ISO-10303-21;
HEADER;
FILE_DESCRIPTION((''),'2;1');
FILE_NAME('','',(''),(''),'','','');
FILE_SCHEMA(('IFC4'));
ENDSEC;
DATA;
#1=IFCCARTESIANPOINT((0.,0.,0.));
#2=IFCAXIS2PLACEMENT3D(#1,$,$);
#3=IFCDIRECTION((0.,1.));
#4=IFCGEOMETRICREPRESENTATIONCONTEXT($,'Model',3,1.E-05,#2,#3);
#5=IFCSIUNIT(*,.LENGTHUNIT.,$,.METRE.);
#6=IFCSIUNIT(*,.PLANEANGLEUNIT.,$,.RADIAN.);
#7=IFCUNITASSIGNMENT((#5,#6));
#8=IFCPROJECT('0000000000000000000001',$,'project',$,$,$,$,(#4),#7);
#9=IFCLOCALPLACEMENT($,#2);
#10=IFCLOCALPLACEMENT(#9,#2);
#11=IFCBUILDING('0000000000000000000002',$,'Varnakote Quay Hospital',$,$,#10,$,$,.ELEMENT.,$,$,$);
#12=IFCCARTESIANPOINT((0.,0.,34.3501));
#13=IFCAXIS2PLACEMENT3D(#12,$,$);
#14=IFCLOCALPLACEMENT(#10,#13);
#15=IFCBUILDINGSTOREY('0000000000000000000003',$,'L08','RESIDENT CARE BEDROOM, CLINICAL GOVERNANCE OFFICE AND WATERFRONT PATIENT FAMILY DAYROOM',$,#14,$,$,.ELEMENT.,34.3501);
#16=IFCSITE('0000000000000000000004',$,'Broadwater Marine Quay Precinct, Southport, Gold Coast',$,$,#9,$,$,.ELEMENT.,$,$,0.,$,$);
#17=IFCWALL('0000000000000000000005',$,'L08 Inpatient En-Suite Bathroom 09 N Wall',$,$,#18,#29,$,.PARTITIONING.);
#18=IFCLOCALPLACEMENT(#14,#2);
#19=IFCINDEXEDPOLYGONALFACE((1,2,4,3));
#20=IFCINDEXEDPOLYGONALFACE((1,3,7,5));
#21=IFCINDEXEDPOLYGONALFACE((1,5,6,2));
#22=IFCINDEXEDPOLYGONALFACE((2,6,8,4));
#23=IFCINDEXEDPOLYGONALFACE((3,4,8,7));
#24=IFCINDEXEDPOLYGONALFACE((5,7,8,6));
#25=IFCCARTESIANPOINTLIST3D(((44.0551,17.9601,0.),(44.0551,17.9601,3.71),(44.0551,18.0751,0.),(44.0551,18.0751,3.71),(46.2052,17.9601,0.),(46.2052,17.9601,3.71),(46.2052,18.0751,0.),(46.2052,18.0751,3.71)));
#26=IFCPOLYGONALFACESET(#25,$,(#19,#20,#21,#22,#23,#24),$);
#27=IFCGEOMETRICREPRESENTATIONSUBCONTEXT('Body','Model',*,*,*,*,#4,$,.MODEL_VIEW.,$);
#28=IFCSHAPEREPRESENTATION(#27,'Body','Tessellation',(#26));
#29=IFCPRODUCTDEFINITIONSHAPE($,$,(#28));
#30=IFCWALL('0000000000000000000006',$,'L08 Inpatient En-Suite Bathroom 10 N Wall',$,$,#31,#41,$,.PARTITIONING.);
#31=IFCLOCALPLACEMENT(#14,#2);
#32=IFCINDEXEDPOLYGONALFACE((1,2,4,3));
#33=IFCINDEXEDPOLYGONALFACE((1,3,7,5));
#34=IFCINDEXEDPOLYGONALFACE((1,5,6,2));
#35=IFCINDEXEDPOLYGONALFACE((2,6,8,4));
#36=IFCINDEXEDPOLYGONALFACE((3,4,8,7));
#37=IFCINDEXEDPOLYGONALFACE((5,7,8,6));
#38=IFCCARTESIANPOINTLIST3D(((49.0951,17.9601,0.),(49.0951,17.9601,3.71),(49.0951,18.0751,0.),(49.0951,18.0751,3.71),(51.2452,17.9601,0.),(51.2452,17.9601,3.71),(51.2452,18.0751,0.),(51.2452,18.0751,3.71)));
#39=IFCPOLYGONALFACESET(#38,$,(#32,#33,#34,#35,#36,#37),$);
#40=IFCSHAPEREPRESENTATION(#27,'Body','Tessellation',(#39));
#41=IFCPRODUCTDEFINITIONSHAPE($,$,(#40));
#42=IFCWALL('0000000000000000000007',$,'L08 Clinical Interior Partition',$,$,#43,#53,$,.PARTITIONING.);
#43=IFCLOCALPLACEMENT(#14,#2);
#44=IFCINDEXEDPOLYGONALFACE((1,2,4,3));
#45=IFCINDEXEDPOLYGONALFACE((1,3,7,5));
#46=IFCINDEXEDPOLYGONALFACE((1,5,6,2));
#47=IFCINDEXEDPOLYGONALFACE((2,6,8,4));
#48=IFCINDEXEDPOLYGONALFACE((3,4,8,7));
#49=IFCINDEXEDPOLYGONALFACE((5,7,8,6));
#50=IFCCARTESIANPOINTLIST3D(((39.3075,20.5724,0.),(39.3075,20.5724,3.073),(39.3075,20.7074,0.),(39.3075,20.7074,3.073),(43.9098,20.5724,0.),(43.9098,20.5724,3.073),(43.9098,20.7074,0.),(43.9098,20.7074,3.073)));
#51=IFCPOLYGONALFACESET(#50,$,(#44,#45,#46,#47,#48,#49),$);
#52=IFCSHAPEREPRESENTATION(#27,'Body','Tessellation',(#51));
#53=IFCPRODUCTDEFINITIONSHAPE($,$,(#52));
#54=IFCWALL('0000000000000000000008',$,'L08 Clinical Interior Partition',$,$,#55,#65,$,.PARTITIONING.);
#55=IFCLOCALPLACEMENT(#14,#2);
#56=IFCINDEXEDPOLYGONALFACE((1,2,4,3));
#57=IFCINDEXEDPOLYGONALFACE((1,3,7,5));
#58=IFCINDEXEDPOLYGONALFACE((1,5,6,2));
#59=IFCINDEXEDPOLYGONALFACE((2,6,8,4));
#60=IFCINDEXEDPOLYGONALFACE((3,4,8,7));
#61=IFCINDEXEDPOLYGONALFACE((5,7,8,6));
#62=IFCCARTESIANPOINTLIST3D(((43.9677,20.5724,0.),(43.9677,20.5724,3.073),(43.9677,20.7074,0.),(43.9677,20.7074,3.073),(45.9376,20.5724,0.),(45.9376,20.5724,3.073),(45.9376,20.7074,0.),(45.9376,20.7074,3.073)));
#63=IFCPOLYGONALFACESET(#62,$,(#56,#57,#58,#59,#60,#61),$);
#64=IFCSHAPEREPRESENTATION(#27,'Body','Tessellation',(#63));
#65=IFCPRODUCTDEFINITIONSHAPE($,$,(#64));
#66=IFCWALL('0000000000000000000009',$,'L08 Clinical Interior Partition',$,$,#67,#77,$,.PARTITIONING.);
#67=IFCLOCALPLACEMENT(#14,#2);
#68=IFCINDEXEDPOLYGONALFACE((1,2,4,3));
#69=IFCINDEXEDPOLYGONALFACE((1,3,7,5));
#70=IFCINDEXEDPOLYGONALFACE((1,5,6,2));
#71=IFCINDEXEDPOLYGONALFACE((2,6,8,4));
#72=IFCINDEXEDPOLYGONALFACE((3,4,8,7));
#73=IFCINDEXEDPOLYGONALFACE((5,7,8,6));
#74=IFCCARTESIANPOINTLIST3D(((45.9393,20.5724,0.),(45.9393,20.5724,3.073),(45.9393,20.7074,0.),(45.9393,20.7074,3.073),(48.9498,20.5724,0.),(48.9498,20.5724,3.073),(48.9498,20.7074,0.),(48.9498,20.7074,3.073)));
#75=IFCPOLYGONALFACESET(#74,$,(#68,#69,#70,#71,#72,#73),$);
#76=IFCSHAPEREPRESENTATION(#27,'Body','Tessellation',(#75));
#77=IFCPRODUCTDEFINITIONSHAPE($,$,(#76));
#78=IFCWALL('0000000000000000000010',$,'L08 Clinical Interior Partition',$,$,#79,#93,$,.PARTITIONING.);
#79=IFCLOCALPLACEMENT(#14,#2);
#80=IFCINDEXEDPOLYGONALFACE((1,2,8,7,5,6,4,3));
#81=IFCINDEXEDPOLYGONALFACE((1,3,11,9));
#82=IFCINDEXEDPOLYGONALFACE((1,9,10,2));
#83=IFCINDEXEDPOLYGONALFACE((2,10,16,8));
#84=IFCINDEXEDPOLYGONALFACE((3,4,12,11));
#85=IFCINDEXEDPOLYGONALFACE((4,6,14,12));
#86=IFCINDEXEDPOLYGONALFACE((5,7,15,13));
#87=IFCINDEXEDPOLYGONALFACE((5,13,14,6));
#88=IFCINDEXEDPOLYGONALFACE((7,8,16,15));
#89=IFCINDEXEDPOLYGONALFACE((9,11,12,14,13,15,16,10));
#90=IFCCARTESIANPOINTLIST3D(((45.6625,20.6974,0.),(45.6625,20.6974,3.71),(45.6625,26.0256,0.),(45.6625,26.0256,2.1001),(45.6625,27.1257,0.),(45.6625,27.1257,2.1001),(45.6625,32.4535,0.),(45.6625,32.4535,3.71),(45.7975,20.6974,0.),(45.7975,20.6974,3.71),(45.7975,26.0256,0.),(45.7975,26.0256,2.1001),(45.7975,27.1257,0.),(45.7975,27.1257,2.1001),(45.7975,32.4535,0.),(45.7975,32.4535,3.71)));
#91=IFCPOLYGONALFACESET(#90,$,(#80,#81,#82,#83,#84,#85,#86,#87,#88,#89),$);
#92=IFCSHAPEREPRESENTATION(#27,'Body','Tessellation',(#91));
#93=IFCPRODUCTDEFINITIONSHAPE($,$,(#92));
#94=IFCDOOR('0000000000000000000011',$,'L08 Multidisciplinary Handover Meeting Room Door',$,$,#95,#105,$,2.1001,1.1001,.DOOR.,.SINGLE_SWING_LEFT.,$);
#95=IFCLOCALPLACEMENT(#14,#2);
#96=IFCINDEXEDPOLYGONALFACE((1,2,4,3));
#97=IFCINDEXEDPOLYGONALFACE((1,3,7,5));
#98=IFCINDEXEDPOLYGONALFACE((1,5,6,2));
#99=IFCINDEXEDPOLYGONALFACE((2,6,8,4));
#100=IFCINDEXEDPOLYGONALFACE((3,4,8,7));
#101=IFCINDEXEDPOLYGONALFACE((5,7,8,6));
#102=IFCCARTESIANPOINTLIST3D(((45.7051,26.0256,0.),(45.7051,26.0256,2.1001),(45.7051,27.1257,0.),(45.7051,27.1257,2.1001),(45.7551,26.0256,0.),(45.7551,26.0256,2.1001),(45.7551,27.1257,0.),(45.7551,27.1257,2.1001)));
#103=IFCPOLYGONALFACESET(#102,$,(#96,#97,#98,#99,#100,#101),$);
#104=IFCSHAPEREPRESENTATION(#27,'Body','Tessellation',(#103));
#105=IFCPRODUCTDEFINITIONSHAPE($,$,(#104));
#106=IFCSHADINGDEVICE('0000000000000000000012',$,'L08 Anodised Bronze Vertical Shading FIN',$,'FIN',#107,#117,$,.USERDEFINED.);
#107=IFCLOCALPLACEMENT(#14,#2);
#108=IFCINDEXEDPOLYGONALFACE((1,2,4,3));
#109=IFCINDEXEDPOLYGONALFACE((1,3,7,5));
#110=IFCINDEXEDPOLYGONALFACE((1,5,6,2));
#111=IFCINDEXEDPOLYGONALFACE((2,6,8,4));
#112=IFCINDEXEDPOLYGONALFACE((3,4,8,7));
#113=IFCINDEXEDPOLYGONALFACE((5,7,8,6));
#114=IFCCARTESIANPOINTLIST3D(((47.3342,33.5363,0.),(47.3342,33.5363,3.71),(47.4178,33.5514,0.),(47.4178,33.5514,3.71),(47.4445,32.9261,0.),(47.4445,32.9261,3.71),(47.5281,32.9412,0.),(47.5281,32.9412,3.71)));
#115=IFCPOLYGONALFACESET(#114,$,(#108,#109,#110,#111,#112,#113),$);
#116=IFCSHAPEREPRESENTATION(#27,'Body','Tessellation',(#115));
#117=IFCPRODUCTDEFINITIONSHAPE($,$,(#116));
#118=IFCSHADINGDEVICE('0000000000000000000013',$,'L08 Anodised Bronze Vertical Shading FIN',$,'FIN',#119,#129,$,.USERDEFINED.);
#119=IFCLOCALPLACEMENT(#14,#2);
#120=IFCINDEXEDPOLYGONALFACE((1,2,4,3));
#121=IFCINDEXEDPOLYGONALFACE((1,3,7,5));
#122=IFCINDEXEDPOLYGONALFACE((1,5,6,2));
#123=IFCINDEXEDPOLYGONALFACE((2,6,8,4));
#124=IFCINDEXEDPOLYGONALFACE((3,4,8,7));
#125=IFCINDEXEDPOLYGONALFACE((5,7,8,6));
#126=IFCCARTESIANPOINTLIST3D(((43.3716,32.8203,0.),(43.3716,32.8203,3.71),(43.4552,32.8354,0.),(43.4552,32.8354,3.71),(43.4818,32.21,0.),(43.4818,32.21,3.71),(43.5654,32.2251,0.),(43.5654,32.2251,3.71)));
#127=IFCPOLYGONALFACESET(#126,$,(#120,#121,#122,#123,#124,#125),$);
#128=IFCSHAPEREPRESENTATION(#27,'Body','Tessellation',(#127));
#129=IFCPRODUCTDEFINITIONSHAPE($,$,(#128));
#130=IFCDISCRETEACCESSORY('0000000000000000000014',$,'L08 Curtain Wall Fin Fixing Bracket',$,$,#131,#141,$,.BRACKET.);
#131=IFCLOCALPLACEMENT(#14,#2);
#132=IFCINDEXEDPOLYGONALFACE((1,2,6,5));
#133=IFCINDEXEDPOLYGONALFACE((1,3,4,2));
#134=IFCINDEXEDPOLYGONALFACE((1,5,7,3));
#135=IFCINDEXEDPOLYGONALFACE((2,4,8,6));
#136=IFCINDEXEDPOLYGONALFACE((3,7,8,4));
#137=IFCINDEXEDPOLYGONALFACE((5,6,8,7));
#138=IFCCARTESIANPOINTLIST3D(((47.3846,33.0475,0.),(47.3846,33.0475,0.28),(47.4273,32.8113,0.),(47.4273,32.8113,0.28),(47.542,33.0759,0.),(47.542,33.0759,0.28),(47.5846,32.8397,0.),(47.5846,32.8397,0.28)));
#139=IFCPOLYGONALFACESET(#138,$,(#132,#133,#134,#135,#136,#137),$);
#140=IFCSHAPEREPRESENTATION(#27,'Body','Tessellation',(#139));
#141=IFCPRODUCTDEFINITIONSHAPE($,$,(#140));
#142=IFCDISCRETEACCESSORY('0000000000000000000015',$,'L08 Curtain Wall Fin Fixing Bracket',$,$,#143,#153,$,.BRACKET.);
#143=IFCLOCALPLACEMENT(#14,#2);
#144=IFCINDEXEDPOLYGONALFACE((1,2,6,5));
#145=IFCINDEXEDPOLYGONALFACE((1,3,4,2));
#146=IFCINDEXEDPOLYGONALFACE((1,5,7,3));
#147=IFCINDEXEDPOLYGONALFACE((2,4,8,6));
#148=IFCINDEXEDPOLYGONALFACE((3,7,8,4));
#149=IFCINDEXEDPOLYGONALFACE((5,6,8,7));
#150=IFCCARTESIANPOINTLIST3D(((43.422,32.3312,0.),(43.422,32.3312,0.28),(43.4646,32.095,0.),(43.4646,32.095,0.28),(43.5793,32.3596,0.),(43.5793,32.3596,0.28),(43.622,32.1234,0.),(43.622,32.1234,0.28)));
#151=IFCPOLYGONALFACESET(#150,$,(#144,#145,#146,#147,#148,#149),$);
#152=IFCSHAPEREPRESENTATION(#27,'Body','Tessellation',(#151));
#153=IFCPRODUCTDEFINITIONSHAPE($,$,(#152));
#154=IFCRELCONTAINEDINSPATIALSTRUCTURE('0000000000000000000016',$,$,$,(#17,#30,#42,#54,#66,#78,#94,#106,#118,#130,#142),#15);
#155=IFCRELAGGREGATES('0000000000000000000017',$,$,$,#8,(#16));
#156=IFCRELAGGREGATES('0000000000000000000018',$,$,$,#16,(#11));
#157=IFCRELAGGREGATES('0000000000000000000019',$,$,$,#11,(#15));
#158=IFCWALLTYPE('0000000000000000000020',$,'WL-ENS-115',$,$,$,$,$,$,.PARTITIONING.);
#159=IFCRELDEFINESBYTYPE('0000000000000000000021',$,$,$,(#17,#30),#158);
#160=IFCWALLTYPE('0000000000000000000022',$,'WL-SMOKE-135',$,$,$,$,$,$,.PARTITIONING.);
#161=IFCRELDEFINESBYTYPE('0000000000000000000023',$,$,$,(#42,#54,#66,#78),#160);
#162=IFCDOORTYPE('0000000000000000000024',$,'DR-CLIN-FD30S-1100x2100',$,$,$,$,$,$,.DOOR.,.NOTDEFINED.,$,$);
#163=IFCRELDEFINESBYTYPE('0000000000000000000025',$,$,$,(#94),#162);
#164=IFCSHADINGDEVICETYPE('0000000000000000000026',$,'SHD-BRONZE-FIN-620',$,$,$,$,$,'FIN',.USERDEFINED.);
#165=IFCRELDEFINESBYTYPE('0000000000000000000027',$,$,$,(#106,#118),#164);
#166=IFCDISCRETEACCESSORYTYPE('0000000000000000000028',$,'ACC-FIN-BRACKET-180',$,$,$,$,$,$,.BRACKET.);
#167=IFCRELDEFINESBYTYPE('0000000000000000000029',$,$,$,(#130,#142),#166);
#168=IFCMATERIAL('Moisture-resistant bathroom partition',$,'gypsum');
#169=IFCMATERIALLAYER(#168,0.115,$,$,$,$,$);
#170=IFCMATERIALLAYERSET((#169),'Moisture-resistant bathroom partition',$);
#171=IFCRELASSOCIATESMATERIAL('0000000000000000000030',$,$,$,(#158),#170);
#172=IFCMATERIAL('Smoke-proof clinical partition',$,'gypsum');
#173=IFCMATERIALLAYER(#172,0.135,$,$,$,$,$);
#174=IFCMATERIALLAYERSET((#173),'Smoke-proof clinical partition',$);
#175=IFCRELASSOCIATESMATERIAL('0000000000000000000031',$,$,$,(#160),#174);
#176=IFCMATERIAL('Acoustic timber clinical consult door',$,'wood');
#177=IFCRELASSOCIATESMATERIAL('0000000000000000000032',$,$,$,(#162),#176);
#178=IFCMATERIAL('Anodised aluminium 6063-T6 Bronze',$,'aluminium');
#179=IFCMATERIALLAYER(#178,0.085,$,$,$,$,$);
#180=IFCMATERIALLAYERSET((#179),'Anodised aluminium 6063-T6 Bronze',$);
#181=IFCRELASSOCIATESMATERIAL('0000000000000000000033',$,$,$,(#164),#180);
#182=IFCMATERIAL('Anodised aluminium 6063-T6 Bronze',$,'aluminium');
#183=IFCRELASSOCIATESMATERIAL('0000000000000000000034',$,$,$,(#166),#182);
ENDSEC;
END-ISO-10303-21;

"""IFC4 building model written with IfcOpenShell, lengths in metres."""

from ifc_helpers import new_model, si_unit, direction, frame, frame_2d, origin, origin_2d, place, context, subcontext, project, spatial, rectangle, extrude, material, layer, layer_set, type_object, element, fill, save


model = new_model("IFC4")

# Units and contexts
model_context = context("Model", 3, precision=1e-05, world=origin(), true_north=direction((0.0, 1.0)))
body_context = subcontext(model_context, "Body", "Model", "MODEL_VIEW")
ifc_project = project(units=[si_unit("LENGTHUNIT", "METRE"), si_unit("PLANEANGLEUNIT", "RADIAN")], contexts=[model_context])

# Site, building, storey
site_placement = place(None, origin())
site = spatial("IfcSite", under=ifc_project, at=site_placement, Name="Broadwater Marine Quay Precinct, Southport, Gold Coast", CompositionType="ELEMENT", RefElevation=0.0)
building_placement = place(site_placement, origin())
building = spatial("IfcBuilding", under=site, at=building_placement, Name="Varnakote Quay Hospital", CompositionType="ELEMENT")
storey_placement = place(building_placement, frame((0.0, 0.0, 34.3501)))
storey = spatial("IfcBuildingStorey", under=building, at=storey_placement, Name="L08", Description="RESIDENT CARE BEDROOM, CLINICAL GOVERNANCE OFFICE AND WATERFRONT PATIENT FAMILY DAYROOM", CompositionType="ELEMENT", Elevation=34.3501)

# Walls
ifc_material_1 = material(Name="Moisture-resistant bathroom partition", Category="gypsum")
ifc_layer_1 = layer(ifc_material_1, 0.115)
ifc_layer_set_1 = layer_set([ifc_layer_1], Name="Moisture-resistant bathroom partition")
wall_type_1 = type_object("IfcWallType", Name="WL-ENS-115", PredefinedType="PARTITIONING", material=ifc_layer_set_1)
for number, where, z_axis, x_axis, name in (
    (1, (44.0549, 18.0176, 0.0), (0.0, 0.0, 1.0), (1.0, 0.0, 0.0), "L08 Inpatient En-Suite Bathroom 09 N Wall"),
    (2, (49.095, 18.0176, 0.0), (0.0, 0.0, 1.0), (1.0, 0.0, 0.0), "L08 Inpatient En-Suite Bathroom 10 N Wall"),
):
    element("IfcWall", number, at=place(storey_placement, frame(where, z_axis=z_axis, x_axis=x_axis)), inside=storey, type_object=wall_type_1, Name=name, PredefinedType="PARTITIONING", context=body_context, shape_type="SweptSolid", body=[
        extrude(rectangle(XDim=2.1501, YDim=0.115, at=frame_2d((1.0752, 0.0))), origin(), (0.0, 0.0, 1.0), 3.71),
    ])
ifc_material_2 = material(Name="Smoke-proof clinical partition", Category="gypsum")
ifc_layer_2 = layer(ifc_material_2, 0.135)
ifc_layer_set_2 = layer_set([ifc_layer_2], Name="Smoke-proof clinical partition")
wall_type_2 = type_object("IfcWallType", Name="WL-SMOKE-135", PredefinedType="PARTITIONING", material=ifc_layer_set_2)
wall_1_placement = place(storey_placement, frame((43.9099, 20.6399, 0.0), z_axis=(0.0, 0.0, 1.0), x_axis=(-1.0, 0.0, 0.0)))
element("IfcWall", 3, at=wall_1_placement, inside=storey, type_object=wall_type_2, Name="L08 Clinical Interior Partition", PredefinedType="PARTITIONING", context=body_context, shape_type="SweptSolid", body=[
    extrude(rectangle(XDim=4.6023, YDim=0.135, at=frame_2d((2.3013, 0.0))), origin(), (0.0, 0.0, 1.0), 3.073),
])
wall_2_placement = place(storey_placement, frame((45.9375, 20.6399, 0.0), z_axis=(0.0, 0.0, 1.0), x_axis=(-1.0, 0.0, 0.0)))
element("IfcWall", 4, at=wall_2_placement, inside=storey, type_object=wall_type_2, Name="L08 Clinical Interior Partition", PredefinedType="PARTITIONING", context=body_context, shape_type="SweptSolid", body=[
    extrude(rectangle(XDim=1.97, YDim=0.135, at=frame_2d((0.9849, 0.0))), origin(), (0.0, 0.0, 1.0), 3.073),
])
wall_3_placement = place(storey_placement, frame((48.95, 20.6399, 0.0), z_axis=(0.0, 0.0, 1.0), x_axis=(-1.0, 0.0, 0.0)))
element("IfcWall", 5, at=wall_3_placement, inside=storey, type_object=wall_type_2, Name="L08 Clinical Interior Partition", PredefinedType="PARTITIONING", context=body_context, shape_type="SweptSolid", body=[
    extrude(rectangle(XDim=3.0105, YDim=0.135, at=frame_2d((1.5054, 0.0))), origin(), (0.0, 0.0, 1.0), 3.073),
])

# Wall, opening, door
wall_4_placement = place(storey_placement, frame((45.73, 20.6975, 0.0), z_axis=(0.0, 0.0, 1.0), x_axis=(0.0, 1.0, 0.0)))
wall_4 = element("IfcWall", 6, at=wall_4_placement, inside=storey, type_object=wall_type_2, Name="L08 Clinical Interior Partition", PredefinedType="PARTITIONING", context=body_context, shape_type="SweptSolid", body=[
    extrude(rectangle(XDim=11.7561, YDim=0.135, at=frame_2d((5.8779, 0.0))), origin(), (0.0, 0.0, 1.0), 3.71),
])
opening_placement = place(wall_4_placement, frame((5.3281, 0.0, 0.0)))
opening = element("IfcOpeningElement", 7, at=opening_placement, cuts=wall_4, PredefinedType="OPENING", context=body_context, shape_type="SweptSolid", body=[
    extrude(rectangle(XDim=1.1001, YDim=2.1001, at=frame_2d((0.55, 1.05))), frame((0.0, 0.0774, 0.0), z_axis=(0.0, -1.0, 0.0), x_axis=(1.0, 0.0, 0.0)), (0.0, 0.0, 1.0), 0.155),
])
ifc_material_3 = material(Name="Acoustic timber clinical consult door", Category="wood")
door_type = type_object("IfcDoorType", Name="DR-CLIN-FD30S-1100x2100", OperationType="NOTDEFINED", PredefinedType="DOOR", material=ifc_material_3)
door_placement = place(opening_placement, origin())
door = element("IfcDoor", 8, at=door_placement, inside=storey, type_object=door_type, Name="L08 Multidisciplinary Handover Meeting Room Door", OperationType="SINGLE_SWING_LEFT", OverallHeight=2.1001, OverallWidth=1.1001, PredefinedType="DOOR", context=body_context, shape_type="SweptSolid", body=[
    extrude(rectangle(XDim=1.1001, YDim=2.1001, at=frame_2d((0.55, 1.05))), frame((0.0, 0.0249, 0.0), z_axis=(0.0, -1.0, 0.0), x_axis=(1.0, 0.0, 0.0)), (0.0, 0.0, 1.0), 0.05),
])
fill(opening, door)

# Shading devices
ifc_material_4 = material(Name="Anodised aluminium 6063-T6 Bronze", Category="aluminium")
ifc_layer_3 = layer(ifc_material_4, 0.085)
ifc_layer_set_3 = layer_set([ifc_layer_3], Name="Anodised aluminium 6063-T6 Bronze")
shading_device_type = type_object("IfcShadingDeviceType", Name="SHD-BRONZE-FIN-620", ElementType="FIN", PredefinedType="USERDEFINED", material=ifc_layer_set_3)
for number, where, z_axis, x_axis, name in (
    (9, (47.4312, 33.2388, 0.0), (0.0, 0.0, 1.0), (0.177772, -0.984072, 0.0), "L08 Anodised Bronze Vertical Shading FIN"),
    (10, (43.4685, 32.5227, 0.0), (0.0, 0.0, 1.0), (0.177772, -0.984072, 0.0), "L08 Anodised Bronze Vertical Shading FIN"),
):
    element("IfcShadingDevice", number, at=place(storey_placement, frame(where, z_axis=z_axis, x_axis=x_axis)), inside=storey, type_object=shading_device_type, Name=name, ObjectType="FIN", PredefinedType="USERDEFINED", context=body_context, shape_type="SweptSolid", body=[
        extrude(rectangle(XDim=0.6201, YDim=0.085, at=origin_2d()), origin(), (0.0, 0.0, 1.0), 3.71),
    ])

# Discrete accessories
ifc_material_5 = material(Name="Anodised aluminium 6063-T6 Bronze", Category="aluminium")
discrete_accessory_type = type_object("IfcDiscreteAccessoryType", Name="ACC-FIN-BRACKET-180", PredefinedType="BRACKET", material=ifc_material_5)
for number, where, z_axis, x_axis, name in (
    (11, (47.4846, 32.9436, 0.0), (0.0, 0.0, 1.0), (-0.984072, -0.177772, 0.0), "L08 Curtain Wall Fin Fixing Bracket"),
    (12, (43.522, 32.2273, 0.0), (0.0, 0.0, 1.0), (-0.984072, -0.177772, 0.0), "L08 Curtain Wall Fin Fixing Bracket"),
):
    element("IfcDiscreteAccessory", number, at=place(storey_placement, frame(where, z_axis=z_axis, x_axis=x_axis)), inside=storey, type_object=discrete_accessory_type, Name=name, PredefinedType="BRACKET", context=body_context, shape_type="SweptSolid", body=[
        extrude(rectangle(XDim=0.1599, YDim=0.24, at=origin_2d()), origin(), (0.0, 0.0, 1.0), 0.28),
    ])

save(model, "model.ifc")
